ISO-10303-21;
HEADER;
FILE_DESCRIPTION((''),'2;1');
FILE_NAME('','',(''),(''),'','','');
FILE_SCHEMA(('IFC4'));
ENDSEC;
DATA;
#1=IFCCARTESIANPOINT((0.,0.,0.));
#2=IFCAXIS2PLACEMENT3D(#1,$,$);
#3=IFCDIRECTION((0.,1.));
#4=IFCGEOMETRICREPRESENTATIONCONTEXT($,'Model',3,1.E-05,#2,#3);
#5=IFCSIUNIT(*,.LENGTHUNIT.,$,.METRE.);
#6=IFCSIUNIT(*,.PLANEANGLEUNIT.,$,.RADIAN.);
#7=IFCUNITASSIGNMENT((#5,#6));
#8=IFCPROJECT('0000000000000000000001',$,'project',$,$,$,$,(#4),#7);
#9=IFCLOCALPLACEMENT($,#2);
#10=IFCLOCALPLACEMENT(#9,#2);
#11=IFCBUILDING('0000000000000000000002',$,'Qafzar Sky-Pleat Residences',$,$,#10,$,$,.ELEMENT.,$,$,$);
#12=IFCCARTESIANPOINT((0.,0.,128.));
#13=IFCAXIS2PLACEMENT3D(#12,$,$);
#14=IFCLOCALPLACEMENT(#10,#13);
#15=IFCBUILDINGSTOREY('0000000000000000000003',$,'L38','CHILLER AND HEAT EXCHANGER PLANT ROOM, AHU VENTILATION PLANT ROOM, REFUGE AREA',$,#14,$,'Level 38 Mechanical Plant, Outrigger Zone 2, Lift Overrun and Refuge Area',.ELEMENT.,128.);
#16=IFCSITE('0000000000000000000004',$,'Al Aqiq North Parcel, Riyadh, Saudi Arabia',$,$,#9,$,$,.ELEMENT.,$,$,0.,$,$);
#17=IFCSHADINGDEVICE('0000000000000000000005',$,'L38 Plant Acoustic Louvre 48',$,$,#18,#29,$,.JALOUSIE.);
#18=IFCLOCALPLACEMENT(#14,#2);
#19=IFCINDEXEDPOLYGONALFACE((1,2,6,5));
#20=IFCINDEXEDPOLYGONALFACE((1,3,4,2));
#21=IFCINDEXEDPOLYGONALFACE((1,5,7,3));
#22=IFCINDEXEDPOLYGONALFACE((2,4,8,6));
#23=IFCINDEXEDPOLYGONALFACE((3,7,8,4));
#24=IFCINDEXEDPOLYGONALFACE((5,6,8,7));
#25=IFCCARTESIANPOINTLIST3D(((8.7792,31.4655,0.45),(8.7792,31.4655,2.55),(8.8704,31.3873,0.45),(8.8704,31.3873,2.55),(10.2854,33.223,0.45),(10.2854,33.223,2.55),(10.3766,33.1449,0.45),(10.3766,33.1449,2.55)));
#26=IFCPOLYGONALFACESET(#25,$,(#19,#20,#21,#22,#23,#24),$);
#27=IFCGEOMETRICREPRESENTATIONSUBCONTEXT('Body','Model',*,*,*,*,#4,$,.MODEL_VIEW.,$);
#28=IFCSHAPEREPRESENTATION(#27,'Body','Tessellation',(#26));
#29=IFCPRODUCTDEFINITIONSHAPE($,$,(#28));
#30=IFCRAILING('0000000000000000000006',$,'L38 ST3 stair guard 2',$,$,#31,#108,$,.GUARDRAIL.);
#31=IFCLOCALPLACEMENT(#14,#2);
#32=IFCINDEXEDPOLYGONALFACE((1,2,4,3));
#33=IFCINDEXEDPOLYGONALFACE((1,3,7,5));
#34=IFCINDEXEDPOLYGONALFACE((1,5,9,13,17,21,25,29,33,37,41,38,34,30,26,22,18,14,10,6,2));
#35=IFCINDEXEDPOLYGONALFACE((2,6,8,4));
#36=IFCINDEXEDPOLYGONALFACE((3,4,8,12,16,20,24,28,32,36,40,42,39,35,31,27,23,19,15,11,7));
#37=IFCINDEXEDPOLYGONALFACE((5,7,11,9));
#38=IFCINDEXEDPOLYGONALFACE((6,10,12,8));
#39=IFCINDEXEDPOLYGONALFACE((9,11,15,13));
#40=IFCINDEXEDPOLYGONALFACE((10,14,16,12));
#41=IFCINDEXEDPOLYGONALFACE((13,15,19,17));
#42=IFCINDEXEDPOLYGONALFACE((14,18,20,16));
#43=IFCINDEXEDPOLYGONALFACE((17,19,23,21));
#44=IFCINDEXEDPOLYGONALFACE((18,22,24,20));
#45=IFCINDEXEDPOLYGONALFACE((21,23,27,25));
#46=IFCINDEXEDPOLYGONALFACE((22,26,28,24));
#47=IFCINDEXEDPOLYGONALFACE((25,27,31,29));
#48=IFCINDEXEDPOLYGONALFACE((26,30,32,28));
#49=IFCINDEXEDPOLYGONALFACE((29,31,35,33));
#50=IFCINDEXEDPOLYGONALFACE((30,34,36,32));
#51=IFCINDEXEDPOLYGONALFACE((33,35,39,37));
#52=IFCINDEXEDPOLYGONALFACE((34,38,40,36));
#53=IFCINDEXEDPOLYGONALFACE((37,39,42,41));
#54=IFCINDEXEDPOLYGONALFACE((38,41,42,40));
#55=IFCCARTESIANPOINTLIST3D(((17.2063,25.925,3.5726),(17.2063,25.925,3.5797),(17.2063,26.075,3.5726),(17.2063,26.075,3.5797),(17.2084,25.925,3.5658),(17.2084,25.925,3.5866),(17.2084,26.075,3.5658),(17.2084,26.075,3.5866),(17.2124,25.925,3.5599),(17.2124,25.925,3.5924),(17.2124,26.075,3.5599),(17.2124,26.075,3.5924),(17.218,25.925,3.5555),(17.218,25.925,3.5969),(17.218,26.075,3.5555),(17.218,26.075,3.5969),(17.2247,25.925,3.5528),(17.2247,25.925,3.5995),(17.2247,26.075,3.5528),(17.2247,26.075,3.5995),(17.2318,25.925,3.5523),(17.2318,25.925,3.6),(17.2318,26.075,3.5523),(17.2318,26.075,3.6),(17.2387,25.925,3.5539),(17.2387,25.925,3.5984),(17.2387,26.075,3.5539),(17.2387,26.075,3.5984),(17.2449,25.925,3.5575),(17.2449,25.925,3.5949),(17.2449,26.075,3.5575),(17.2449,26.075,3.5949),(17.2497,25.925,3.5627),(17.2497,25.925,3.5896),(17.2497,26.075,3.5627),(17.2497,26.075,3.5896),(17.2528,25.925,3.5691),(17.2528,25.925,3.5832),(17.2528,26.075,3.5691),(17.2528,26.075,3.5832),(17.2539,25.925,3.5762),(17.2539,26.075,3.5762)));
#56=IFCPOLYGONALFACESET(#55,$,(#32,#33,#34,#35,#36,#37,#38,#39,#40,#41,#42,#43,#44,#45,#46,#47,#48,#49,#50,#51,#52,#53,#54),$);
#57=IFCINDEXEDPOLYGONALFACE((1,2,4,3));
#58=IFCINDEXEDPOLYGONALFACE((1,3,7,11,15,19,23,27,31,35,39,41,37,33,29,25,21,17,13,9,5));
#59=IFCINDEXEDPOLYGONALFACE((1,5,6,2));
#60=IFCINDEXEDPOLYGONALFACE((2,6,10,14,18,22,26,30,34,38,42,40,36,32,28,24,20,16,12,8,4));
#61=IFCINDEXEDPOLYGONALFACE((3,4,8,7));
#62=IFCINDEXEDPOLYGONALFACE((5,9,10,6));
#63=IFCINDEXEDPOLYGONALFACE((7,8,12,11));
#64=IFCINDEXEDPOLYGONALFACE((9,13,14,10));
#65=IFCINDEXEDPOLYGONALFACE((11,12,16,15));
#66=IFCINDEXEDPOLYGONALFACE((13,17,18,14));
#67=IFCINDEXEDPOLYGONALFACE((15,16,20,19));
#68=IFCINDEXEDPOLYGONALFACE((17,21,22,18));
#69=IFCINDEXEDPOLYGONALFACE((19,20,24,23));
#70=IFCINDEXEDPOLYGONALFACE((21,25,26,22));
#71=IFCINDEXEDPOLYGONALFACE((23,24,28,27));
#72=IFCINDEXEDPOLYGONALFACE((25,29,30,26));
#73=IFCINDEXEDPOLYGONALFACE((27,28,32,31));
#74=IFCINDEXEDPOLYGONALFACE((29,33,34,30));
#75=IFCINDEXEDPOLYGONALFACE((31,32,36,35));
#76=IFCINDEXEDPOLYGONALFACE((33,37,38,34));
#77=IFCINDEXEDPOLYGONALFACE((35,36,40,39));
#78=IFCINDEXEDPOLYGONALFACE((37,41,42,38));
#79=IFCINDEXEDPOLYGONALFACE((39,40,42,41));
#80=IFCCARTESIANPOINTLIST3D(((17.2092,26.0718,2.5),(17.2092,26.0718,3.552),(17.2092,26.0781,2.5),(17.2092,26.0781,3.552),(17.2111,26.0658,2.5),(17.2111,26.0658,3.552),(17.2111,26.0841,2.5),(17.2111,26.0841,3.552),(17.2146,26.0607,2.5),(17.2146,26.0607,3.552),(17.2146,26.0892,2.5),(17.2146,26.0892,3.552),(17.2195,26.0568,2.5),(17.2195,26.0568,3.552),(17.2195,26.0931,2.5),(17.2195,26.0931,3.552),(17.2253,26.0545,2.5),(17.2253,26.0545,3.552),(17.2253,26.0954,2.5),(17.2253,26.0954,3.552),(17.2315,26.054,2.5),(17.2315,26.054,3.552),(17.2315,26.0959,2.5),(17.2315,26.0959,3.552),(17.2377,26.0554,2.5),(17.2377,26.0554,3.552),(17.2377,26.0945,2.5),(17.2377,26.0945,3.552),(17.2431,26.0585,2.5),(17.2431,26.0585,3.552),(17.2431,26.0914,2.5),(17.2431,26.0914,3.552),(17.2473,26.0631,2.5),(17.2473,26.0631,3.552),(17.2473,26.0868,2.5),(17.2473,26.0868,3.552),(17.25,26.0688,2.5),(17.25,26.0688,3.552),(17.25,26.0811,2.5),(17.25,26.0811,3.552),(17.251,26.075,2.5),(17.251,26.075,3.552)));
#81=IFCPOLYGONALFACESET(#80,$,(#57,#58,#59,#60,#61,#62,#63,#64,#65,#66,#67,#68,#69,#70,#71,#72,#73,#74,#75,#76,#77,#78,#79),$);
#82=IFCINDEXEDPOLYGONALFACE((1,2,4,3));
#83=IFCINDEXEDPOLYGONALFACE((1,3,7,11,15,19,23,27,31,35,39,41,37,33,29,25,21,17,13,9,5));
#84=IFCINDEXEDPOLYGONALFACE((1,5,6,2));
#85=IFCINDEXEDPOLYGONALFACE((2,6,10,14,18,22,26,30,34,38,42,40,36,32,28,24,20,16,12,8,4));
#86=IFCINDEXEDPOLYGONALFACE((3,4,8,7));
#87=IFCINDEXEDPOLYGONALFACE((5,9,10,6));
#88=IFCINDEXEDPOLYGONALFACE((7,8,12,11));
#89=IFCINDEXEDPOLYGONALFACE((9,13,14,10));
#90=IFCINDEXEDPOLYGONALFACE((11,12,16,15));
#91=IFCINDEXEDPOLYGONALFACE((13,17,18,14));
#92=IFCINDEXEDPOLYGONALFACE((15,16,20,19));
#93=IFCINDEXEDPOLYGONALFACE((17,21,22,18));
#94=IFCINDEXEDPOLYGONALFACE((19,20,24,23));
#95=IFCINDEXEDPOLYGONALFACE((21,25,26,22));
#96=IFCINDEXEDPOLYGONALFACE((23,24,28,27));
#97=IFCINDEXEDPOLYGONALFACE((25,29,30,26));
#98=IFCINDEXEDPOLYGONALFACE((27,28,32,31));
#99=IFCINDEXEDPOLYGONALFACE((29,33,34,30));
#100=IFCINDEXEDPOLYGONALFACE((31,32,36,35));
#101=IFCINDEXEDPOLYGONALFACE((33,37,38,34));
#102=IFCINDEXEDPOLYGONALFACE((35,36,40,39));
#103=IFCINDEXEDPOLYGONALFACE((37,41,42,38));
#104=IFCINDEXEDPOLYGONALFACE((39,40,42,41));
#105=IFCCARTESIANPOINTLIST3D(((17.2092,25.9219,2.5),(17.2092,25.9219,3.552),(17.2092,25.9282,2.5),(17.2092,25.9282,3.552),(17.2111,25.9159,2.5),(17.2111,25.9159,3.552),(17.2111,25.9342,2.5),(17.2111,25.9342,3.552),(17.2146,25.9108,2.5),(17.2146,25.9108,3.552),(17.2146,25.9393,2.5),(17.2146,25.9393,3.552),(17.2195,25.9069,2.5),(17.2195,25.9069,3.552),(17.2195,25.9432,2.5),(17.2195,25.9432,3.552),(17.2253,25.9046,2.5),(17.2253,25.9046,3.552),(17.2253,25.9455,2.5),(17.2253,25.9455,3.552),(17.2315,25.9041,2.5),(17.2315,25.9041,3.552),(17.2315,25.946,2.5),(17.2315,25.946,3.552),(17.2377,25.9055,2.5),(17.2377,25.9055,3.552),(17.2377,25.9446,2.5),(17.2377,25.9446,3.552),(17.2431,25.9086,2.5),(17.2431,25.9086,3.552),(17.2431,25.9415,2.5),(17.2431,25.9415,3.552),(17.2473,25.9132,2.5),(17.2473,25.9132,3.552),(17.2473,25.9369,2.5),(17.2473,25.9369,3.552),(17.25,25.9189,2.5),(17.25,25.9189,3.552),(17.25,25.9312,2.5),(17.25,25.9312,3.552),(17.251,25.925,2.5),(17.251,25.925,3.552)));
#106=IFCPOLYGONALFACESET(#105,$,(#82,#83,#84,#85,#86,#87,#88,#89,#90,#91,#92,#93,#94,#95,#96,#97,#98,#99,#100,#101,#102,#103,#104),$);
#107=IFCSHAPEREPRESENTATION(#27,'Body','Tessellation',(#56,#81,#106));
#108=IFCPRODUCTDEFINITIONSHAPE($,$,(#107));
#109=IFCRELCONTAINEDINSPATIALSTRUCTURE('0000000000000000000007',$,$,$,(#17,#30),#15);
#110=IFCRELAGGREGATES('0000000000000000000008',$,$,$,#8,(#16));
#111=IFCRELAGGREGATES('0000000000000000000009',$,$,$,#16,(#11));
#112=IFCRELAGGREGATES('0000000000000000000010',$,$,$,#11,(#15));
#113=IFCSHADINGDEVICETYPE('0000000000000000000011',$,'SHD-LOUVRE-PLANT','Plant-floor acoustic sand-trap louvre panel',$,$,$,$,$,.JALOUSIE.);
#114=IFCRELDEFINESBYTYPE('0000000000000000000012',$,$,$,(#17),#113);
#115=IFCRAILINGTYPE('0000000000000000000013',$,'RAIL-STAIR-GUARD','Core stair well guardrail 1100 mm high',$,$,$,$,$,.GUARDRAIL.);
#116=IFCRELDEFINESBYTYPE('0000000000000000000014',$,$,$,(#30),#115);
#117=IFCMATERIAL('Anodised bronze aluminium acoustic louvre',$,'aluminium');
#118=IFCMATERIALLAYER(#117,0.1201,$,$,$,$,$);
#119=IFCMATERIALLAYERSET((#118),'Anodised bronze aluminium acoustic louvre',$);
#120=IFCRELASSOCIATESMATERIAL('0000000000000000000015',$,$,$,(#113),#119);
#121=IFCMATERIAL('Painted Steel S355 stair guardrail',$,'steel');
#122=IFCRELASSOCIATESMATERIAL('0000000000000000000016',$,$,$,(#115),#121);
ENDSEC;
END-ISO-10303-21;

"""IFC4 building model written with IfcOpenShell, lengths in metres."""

from ifc_helpers import new_model, si_unit, direction, frame, origin, origin_2d, place, context, subcontext, project, spatial, rectangle, circle, extrude, source, transform, mapped, material, layer, layer_set, type_object, element, save


model = new_model("IFC4")

# Units and contexts
model_context = context("Model", 3, precision=1e-05, world=origin(), true_north=direction((0.0, 1.0)))
body_context = subcontext(model_context, "Body", "Model", "MODEL_VIEW")
ifc_project = project(units=[si_unit("LENGTHUNIT", "METRE"), si_unit("PLANEANGLEUNIT", "RADIAN")], contexts=[model_context])

# Site, building, storey
site_placement = place(None, origin())
site = spatial("IfcSite", under=ifc_project, at=site_placement, Name="Al Aqiq North Parcel, Riyadh, Saudi Arabia", CompositionType="ELEMENT", RefElevation=0.0)
building_placement = place(site_placement, origin())
building = spatial("IfcBuilding", under=site, at=building_placement, Name="Qafzar Sky-Pleat Residences", CompositionType="ELEMENT")
storey_placement = place(building_placement, frame((0.0, 0.0, 128.0)))
storey = spatial("IfcBuildingStorey", under=building, at=storey_placement, Name="L38", Description="CHILLER AND HEAT EXCHANGER PLANT ROOM, AHU VENTILATION PLANT ROOM, REFUGE AREA", LongName="Level 38 Mechanical Plant, Outrigger Zone 2, Lift Overrun and Refuge Area", CompositionType="ELEMENT", Elevation=128.0)

# Shading device
ifc_material_1 = material(Name="Anodised bronze aluminium acoustic louvre", Category="aluminium")
ifc_layer_1 = layer(ifc_material_1, 0.1201)
ifc_layer_set_1 = layer_set([ifc_layer_1], Name="Anodised bronze aluminium acoustic louvre")
shading_device_type = type_object("IfcShadingDeviceType", Name="SHD-LOUVRE-PLANT", Description="Plant-floor acoustic sand-trap louvre panel", PredefinedType="JALOUSIE", material=ifc_layer_set_1)
shared_shape_1 = source(origin(), body_context, "Body", "SweptSolid", [
    extrude(rectangle(XDim=2.3147, YDim=0.1201, at=origin_2d()), origin(), (0.0, 0.0, 1.0), 2.1001),
])
shading_device_1_placement = place(storey_placement, frame((9.5779, 32.3052, 0.45), z_axis=(0.0, 0.0, 1.0), x_axis=(-0.650723, -0.759315, 0.0)))
element("IfcShadingDevice", 1, at=shading_device_1_placement, inside=storey, type_object=shading_device_type, Name="L38 Plant Acoustic Louvre 48", PredefinedType="JALOUSIE", context=body_context, shape_type="MappedRepresentation", body=[
    mapped(shared_shape_1, transform((0.0, 0.0, 0.0), x_axis=(1.0, 0.0, 0.0), y_axis=(0.0, 1.0, 0.0), z_axis=(0.0, 0.0, 1.0), scale=1.0)),
])

# Railing
ifc_material_2 = material(Name="Painted Steel S355 stair guardrail", Category="steel")
railing_type = type_object("IfcRailingType", Name="RAIL-STAIR-GUARD", Description="Core stair well guardrail 1100 mm high", PredefinedType="GUARDRAIL", material=ifc_material_2)
shared_shape_2 = source(origin(), body_context, "Body", "SweptSolid", [
    extrude(circle(Radius=0.0239, at=origin_2d()), frame((0.0, 0.0, 1.0762), z_axis=(0.0, -1.0, 0.0), x_axis=(1.0, 0.0, 0.0)), (0.0, 0.0, 1.0), 0.1499),
    extrude(circle(Radius=0.021, at=origin_2d()), origin(), (0.0, 0.0, 1.0), 1.052),
    extrude(circle(Radius=0.021, at=origin_2d()), frame((0.0, -0.1499, 0.0)), (0.0, 0.0, 1.0), 1.052),
])
railing_1_placement = place(storey_placement, frame((17.23, 26.075, 2.5)))
element("IfcRailing", 2, at=railing_1_placement, inside=storey, type_object=railing_type, Name="L38 ST3 stair guard 2", PredefinedType="GUARDRAIL", context=body_context, shape_type="MappedRepresentation", body=[
    mapped(shared_shape_2, transform((0.0, 0.0, 0.0), x_axis=(1.0, 0.0, 0.0), y_axis=(0.0, 1.0, 0.0), z_axis=(0.0, 0.0, 1.0), scale=1.0)),
])

save(model, "model.ifc")
